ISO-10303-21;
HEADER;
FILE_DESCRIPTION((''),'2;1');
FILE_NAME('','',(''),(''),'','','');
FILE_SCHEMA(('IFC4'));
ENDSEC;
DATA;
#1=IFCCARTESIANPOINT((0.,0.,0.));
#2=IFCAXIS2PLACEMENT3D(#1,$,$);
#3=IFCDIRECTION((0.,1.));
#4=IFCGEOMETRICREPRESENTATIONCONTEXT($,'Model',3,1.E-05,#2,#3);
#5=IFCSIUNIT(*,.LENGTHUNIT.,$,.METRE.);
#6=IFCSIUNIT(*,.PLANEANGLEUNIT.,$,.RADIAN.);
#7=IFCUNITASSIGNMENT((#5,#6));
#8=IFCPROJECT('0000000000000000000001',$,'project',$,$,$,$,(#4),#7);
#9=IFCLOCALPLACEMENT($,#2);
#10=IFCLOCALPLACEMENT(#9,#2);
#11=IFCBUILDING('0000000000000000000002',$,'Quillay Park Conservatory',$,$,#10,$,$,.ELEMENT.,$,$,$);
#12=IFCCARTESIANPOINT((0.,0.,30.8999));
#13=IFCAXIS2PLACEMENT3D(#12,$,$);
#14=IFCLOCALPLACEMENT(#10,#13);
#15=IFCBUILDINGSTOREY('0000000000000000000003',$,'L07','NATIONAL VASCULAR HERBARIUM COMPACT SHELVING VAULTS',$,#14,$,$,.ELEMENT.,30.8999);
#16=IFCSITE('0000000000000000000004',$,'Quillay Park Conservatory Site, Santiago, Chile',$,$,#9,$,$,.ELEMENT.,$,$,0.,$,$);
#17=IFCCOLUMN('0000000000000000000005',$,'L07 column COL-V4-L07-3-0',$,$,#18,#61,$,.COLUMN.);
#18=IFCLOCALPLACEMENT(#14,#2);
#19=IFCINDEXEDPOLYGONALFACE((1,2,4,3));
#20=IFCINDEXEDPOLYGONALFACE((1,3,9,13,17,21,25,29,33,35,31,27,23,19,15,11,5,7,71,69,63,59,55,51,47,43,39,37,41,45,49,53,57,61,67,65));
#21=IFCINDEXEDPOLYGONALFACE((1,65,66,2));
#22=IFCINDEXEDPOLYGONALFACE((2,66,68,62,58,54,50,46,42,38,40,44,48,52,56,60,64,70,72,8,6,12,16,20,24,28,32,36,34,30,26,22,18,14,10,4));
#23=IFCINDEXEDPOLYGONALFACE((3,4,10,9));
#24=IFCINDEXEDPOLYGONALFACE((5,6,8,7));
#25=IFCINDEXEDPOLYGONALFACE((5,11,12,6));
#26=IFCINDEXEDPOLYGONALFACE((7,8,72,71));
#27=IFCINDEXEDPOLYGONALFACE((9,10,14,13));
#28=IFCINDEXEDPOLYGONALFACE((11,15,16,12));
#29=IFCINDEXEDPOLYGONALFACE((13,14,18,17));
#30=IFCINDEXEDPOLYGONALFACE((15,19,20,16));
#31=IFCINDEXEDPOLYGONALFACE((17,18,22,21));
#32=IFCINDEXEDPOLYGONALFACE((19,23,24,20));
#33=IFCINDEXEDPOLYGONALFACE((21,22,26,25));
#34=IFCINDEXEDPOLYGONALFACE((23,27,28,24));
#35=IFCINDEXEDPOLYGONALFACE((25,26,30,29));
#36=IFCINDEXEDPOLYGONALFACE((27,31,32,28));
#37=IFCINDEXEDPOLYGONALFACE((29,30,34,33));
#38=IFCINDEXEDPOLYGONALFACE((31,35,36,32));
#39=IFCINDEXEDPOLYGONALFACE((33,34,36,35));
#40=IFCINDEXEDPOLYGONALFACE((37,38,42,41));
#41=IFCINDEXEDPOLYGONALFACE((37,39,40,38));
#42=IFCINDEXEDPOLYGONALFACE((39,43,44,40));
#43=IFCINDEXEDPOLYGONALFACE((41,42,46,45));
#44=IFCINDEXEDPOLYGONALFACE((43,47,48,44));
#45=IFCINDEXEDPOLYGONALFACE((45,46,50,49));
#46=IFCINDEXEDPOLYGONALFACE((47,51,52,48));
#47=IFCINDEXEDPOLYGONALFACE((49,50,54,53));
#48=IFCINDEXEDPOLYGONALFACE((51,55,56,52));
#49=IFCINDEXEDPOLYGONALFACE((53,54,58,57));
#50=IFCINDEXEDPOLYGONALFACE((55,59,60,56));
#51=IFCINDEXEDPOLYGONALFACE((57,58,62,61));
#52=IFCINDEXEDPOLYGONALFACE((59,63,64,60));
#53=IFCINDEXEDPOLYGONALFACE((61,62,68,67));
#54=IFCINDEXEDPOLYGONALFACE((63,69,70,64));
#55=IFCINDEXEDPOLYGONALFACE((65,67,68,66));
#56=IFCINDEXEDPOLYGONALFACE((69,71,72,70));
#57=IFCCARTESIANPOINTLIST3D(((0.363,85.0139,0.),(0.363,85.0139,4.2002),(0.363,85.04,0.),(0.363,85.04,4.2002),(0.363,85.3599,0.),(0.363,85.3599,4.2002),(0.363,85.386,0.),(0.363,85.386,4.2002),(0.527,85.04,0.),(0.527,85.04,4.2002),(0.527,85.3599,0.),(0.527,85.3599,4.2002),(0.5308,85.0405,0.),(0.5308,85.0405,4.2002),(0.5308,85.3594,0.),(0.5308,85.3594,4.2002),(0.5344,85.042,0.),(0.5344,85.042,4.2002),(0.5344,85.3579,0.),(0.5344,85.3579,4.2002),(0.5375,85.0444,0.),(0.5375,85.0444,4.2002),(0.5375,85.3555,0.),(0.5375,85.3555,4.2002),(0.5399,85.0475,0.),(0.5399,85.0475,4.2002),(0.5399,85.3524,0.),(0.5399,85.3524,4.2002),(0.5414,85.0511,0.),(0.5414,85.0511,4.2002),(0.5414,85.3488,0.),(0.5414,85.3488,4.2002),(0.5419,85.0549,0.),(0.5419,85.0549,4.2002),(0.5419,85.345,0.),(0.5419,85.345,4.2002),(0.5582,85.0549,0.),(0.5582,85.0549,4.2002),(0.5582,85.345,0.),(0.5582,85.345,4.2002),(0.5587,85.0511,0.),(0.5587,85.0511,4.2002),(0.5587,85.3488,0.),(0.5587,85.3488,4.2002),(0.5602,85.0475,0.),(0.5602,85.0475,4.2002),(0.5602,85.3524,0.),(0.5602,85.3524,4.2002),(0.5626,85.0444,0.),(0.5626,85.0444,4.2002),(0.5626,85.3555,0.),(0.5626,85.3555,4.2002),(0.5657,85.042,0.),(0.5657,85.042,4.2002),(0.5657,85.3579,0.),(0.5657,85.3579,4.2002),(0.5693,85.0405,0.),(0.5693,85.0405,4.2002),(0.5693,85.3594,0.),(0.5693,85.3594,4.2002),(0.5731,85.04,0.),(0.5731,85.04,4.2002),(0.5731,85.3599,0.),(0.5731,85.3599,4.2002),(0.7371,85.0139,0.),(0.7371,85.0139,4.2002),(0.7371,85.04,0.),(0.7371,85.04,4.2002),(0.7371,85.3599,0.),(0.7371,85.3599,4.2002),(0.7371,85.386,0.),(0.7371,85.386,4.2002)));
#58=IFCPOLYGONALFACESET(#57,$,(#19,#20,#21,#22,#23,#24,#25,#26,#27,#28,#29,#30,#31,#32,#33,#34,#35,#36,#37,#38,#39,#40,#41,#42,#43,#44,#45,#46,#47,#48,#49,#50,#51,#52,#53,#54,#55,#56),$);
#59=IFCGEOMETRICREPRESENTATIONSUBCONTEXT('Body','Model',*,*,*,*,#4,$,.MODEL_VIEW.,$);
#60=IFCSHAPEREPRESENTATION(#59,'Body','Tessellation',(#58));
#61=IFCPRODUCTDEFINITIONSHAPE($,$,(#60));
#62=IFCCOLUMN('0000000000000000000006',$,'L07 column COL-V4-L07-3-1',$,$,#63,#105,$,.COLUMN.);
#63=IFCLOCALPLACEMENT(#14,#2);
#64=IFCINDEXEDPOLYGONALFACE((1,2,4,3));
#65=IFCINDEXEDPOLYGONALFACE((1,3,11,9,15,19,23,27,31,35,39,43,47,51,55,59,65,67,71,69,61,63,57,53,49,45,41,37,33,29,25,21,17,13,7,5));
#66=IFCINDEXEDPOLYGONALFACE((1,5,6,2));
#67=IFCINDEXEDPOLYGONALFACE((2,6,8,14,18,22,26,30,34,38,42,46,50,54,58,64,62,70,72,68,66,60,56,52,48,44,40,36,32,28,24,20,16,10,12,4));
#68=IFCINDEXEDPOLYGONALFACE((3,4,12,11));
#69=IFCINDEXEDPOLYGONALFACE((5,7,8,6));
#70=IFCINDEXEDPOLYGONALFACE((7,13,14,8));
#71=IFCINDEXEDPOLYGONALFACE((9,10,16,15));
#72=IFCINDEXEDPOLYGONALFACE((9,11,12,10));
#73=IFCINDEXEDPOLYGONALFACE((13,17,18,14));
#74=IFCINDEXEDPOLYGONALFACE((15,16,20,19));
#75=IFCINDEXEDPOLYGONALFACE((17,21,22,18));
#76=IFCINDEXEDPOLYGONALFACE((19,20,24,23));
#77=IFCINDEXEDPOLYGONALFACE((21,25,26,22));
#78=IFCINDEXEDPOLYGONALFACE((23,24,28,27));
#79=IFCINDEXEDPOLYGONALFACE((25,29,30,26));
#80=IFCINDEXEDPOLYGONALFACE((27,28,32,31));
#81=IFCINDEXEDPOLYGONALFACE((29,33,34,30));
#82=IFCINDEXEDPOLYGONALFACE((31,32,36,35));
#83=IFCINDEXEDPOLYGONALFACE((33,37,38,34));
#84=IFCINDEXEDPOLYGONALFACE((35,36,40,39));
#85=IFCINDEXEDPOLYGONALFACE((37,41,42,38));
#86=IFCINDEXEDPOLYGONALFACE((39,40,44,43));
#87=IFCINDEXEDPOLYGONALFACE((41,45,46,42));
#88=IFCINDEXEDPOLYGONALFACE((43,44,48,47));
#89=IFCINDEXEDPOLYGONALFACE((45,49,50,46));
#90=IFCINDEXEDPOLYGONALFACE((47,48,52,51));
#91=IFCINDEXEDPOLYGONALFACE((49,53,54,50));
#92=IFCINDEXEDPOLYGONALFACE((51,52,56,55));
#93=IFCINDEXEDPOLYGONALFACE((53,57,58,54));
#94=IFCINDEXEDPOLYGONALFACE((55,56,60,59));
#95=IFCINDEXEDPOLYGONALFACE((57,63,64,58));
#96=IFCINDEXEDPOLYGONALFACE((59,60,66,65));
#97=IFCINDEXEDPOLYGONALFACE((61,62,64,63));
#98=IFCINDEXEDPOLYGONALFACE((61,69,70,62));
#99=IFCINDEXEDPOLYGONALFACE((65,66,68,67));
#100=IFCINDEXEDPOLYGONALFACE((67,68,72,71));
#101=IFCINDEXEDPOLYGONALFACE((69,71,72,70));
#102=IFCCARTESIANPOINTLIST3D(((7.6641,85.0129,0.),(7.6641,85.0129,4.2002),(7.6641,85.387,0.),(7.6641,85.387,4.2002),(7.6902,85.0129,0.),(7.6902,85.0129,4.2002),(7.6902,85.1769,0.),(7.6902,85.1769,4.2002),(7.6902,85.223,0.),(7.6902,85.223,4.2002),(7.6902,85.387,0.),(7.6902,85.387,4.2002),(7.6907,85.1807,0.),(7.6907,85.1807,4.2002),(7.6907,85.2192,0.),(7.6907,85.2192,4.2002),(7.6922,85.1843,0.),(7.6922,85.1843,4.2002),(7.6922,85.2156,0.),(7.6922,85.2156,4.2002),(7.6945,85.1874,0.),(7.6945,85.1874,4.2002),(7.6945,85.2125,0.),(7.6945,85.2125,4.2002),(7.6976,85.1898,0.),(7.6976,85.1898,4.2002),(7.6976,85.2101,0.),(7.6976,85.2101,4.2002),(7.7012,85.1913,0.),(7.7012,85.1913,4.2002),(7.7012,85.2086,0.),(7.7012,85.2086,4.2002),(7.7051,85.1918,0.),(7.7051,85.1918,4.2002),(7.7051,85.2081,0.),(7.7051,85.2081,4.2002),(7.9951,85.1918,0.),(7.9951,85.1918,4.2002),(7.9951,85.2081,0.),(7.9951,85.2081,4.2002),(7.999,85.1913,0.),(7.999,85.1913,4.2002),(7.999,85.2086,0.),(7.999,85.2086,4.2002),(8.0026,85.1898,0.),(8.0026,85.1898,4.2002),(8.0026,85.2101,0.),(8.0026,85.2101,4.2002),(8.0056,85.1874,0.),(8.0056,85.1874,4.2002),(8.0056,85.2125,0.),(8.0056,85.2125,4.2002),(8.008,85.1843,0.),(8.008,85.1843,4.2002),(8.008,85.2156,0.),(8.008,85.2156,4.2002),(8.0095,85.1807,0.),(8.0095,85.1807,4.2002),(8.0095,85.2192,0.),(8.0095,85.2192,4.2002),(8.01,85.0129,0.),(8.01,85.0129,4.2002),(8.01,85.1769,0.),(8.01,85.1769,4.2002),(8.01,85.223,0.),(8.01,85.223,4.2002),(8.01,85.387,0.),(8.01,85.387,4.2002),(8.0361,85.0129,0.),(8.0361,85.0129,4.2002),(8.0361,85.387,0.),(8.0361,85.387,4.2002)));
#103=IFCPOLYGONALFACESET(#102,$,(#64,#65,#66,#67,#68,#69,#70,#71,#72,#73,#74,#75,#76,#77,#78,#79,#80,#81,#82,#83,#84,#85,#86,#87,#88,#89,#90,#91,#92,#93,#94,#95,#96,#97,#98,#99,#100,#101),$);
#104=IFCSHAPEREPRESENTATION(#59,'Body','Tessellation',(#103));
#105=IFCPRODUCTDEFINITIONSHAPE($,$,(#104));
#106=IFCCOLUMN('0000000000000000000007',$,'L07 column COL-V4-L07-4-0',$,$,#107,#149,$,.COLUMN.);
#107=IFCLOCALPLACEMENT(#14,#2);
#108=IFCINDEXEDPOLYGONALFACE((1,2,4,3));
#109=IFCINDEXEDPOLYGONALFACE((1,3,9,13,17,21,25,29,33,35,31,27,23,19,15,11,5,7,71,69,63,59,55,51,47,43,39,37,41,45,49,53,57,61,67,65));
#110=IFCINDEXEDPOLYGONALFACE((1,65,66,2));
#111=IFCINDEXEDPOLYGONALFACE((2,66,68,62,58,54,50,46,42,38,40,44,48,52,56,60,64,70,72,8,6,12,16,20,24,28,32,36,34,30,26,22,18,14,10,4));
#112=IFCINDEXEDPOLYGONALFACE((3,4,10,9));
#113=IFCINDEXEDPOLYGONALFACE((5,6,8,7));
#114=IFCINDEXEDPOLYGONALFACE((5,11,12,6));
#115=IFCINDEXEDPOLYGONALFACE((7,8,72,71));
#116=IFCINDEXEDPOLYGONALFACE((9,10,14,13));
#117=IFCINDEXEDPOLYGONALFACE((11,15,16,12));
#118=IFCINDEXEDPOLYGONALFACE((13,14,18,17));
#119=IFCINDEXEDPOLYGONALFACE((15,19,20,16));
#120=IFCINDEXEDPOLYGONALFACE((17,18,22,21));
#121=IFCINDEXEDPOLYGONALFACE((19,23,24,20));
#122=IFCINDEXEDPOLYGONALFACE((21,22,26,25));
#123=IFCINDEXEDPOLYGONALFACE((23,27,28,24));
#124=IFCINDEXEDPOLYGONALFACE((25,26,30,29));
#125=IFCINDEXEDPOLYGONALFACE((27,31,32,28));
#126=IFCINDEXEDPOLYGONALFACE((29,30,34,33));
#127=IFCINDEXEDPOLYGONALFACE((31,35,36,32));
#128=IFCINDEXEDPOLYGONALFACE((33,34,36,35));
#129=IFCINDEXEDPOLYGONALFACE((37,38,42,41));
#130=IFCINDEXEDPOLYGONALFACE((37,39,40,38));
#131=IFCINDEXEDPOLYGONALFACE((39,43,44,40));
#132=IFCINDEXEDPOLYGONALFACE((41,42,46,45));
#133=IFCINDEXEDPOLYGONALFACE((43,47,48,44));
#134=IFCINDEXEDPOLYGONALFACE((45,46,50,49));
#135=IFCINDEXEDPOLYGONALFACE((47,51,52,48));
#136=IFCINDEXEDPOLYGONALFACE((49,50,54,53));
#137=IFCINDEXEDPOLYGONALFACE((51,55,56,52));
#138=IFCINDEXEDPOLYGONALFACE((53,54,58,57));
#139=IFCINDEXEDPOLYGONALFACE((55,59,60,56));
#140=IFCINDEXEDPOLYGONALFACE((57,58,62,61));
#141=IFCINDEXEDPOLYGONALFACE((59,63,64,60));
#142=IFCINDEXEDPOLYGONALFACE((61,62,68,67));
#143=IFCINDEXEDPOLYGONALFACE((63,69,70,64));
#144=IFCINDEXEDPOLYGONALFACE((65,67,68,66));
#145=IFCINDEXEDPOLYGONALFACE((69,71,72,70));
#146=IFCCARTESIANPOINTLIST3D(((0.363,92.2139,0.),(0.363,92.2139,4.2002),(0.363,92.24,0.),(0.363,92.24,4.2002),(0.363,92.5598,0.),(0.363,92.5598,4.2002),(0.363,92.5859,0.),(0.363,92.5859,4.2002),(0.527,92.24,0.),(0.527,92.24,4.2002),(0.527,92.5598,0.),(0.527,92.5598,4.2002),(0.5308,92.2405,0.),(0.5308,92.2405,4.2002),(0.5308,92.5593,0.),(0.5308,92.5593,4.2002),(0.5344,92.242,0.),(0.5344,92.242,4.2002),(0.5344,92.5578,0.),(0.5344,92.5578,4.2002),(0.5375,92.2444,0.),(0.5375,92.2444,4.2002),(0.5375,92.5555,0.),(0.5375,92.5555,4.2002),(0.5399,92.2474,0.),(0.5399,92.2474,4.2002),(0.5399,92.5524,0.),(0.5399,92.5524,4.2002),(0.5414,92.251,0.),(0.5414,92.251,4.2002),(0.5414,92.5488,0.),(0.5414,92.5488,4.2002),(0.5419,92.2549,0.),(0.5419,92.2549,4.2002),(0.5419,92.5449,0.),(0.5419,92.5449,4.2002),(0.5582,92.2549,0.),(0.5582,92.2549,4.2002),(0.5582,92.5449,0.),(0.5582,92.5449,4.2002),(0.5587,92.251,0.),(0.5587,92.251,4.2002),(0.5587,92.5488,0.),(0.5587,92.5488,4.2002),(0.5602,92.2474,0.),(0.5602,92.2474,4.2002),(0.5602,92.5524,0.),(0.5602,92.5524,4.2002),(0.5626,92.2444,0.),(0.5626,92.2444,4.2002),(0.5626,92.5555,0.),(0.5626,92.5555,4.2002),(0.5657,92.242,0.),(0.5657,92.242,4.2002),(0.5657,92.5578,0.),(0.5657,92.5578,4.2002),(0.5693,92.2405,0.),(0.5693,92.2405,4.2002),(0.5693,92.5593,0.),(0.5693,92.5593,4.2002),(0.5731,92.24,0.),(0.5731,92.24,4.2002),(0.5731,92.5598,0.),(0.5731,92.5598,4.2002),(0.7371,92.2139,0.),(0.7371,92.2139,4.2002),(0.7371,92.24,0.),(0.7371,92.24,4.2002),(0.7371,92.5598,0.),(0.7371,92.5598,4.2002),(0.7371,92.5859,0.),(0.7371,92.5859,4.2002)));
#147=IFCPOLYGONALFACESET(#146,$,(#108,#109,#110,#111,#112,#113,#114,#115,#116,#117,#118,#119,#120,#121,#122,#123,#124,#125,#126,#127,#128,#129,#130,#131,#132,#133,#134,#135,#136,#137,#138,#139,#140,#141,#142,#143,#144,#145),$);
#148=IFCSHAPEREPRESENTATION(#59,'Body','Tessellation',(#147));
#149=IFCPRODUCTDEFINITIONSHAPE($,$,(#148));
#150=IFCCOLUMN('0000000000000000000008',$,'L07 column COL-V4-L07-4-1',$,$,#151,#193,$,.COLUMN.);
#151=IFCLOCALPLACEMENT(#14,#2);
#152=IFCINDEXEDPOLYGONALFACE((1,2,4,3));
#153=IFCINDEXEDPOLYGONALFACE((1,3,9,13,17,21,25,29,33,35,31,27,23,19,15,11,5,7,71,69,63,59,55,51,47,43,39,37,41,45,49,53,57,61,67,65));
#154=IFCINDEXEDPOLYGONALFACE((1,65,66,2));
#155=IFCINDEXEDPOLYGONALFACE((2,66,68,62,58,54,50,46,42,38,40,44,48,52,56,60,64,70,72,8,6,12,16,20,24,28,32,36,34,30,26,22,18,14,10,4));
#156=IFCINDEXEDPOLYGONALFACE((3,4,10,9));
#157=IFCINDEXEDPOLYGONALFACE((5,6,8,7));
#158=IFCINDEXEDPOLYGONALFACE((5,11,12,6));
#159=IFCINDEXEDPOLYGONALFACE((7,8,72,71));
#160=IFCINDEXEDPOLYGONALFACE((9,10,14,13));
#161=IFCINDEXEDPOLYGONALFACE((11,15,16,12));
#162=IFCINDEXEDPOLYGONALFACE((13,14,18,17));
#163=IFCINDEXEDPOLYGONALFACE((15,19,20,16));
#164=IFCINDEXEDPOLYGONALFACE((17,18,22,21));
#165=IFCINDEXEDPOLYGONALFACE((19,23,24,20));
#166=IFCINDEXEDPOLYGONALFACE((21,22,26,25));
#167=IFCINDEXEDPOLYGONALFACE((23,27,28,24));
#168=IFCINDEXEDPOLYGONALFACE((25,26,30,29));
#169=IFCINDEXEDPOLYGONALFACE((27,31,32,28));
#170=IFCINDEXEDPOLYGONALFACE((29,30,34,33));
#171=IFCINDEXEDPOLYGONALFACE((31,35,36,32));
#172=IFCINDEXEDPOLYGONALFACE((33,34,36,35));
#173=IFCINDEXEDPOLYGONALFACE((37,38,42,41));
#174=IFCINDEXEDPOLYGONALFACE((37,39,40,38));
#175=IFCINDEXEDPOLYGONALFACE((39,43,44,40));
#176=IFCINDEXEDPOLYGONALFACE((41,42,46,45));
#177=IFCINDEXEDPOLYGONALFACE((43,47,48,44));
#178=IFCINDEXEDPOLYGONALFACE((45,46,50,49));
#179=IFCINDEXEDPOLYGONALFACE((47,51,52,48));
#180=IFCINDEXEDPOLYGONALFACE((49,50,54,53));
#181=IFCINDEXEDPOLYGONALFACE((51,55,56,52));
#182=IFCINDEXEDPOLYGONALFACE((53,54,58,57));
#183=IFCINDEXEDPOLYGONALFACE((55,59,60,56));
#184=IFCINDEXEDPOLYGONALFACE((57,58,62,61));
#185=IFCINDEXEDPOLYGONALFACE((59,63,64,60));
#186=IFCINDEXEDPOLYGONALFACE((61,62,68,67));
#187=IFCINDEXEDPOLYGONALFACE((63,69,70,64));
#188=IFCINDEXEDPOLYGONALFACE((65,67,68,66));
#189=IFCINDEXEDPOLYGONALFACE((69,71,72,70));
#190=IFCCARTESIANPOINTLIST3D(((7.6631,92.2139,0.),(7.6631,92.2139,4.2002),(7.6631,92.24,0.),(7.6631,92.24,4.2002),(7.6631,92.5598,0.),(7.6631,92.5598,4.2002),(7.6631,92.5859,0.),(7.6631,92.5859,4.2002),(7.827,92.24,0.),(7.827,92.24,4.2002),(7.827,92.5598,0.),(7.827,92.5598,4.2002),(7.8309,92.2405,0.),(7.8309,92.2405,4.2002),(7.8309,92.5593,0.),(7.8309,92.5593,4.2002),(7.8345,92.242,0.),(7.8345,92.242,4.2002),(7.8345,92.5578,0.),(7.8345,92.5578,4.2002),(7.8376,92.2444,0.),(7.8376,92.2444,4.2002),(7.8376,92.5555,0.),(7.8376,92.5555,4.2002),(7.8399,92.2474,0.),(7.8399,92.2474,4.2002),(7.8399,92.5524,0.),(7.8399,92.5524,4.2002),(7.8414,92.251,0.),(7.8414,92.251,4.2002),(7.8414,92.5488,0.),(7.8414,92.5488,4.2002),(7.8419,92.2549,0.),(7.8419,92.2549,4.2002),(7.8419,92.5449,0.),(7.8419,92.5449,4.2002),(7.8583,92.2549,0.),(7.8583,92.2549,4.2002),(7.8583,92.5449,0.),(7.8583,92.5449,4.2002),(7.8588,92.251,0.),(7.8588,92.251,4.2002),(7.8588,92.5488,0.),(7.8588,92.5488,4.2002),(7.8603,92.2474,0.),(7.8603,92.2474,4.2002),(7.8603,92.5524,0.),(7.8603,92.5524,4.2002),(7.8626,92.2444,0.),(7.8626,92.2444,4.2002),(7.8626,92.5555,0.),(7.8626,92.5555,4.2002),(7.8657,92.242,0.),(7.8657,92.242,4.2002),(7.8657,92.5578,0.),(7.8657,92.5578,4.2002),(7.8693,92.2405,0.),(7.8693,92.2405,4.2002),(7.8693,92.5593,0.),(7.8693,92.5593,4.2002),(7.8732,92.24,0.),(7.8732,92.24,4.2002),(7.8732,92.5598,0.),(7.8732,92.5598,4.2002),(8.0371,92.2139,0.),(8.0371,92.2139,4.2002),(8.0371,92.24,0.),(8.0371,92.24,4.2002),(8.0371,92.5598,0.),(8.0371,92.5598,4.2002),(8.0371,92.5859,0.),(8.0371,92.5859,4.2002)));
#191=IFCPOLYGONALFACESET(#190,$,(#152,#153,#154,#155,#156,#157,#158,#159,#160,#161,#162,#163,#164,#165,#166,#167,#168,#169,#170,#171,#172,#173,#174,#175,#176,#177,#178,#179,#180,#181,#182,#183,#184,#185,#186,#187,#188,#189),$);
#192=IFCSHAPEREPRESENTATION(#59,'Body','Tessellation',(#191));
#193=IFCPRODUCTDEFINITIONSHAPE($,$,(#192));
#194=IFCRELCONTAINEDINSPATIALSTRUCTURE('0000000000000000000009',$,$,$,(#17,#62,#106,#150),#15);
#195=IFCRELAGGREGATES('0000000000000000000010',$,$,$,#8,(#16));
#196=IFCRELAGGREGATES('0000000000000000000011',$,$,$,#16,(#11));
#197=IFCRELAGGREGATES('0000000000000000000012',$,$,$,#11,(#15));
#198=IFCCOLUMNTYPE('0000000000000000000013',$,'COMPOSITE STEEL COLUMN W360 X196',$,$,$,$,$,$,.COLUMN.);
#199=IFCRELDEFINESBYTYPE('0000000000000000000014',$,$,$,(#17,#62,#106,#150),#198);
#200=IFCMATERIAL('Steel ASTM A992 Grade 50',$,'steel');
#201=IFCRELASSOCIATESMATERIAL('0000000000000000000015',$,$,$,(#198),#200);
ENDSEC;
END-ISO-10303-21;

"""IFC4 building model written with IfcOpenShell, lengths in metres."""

from ifc_helpers import new_model, si_unit, direction, frame, origin, origin_2d, place, context, subcontext, project, spatial, i_section, extrude, material, material_profile, profile_set, type_object, element, save


model = new_model("IFC4")

# Units and contexts
model_context = context("Model", 3, precision=1e-05, world=origin(), true_north=direction((0.0, 1.0)))
body_context = subcontext(model_context, "Body", "Model", "MODEL_VIEW")
ifc_project = project(units=[si_unit("LENGTHUNIT", "METRE"), si_unit("PLANEANGLEUNIT", "RADIAN")], contexts=[model_context])

# Site, building, storey
site_placement = place(None, origin())
site = spatial("IfcSite", under=ifc_project, at=site_placement, Name="Quillay Park Conservatory Site, Santiago, Chile", CompositionType="ELEMENT", RefElevation=0.0)
building_placement = place(site_placement, origin())
building = spatial("IfcBuilding", under=site, at=building_placement, Name="Quillay Park Conservatory", CompositionType="ELEMENT")
storey_placement = place(building_placement, frame((0.0, 0.0, 30.8999)))
storey = spatial("IfcBuildingStorey", under=building, at=storey_placement, Name="L07", Description="NATIONAL VASCULAR HERBARIUM COMPACT SHELVING VAULTS", CompositionType="ELEMENT", Elevation=30.8999)

# Columns
ifc_material_1 = material(Name="Steel ASTM A992 Grade 50", Category="steel")
ifc_material_profile_1 = material_profile(ifc_material_1, i_section(OverallWidth=0.374, OverallDepth=0.3721, WebThickness=0.0164, FlangeThickness=0.0261, FilletRadius=0.0149, at=origin_2d()), Name="W360x196")
ifc_profile_set_1 = profile_set([ifc_material_profile_1], Name="Steel ASTM A992 Grade 50")
column_type = type_object("IfcColumnType", Name="COMPOSITE STEEL COLUMN W360 X196", PredefinedType="COLUMN", material=ifc_profile_set_1)
for number, where, z_axis, x_axis, name in (
    (1, (0.55, 85.2, 0.0), (0.0, 0.0, 1.0), (1.0, 0.0, 0.0), "L07 column COL-V4-L07-3-0"),
    (2, (7.8501, 85.2, 0.0), (0.0, 0.0, 1.0), (0.0, 1.0, 0.0), "L07 column COL-V4-L07-3-1"),
    (3, (0.55, 92.3999, 0.0), (0.0, 0.0, 1.0), (1.0, 0.0, 0.0), "L07 column COL-V4-L07-4-0"),
    (4, (7.8501, 92.3999, 0.0), (0.0, 0.0, 1.0), (1.0, 0.0, 0.0), "L07 column COL-V4-L07-4-1"),
):
    element("IfcColumn", number, at=place(storey_placement, frame(where, z_axis=z_axis, x_axis=x_axis)), inside=storey, type_object=column_type, Name=name, PredefinedType="COLUMN", context=body_context, shape_type="SweptSolid", body=[
        extrude(i_section(OverallWidth=0.374, OverallDepth=0.3721, WebThickness=0.0164, FlangeThickness=0.0261, FilletRadius=0.0149, at=origin_2d()), origin(), (0.0, 0.0, 1.0), 4.2002),
    ])

save(model, "model.ifc")
